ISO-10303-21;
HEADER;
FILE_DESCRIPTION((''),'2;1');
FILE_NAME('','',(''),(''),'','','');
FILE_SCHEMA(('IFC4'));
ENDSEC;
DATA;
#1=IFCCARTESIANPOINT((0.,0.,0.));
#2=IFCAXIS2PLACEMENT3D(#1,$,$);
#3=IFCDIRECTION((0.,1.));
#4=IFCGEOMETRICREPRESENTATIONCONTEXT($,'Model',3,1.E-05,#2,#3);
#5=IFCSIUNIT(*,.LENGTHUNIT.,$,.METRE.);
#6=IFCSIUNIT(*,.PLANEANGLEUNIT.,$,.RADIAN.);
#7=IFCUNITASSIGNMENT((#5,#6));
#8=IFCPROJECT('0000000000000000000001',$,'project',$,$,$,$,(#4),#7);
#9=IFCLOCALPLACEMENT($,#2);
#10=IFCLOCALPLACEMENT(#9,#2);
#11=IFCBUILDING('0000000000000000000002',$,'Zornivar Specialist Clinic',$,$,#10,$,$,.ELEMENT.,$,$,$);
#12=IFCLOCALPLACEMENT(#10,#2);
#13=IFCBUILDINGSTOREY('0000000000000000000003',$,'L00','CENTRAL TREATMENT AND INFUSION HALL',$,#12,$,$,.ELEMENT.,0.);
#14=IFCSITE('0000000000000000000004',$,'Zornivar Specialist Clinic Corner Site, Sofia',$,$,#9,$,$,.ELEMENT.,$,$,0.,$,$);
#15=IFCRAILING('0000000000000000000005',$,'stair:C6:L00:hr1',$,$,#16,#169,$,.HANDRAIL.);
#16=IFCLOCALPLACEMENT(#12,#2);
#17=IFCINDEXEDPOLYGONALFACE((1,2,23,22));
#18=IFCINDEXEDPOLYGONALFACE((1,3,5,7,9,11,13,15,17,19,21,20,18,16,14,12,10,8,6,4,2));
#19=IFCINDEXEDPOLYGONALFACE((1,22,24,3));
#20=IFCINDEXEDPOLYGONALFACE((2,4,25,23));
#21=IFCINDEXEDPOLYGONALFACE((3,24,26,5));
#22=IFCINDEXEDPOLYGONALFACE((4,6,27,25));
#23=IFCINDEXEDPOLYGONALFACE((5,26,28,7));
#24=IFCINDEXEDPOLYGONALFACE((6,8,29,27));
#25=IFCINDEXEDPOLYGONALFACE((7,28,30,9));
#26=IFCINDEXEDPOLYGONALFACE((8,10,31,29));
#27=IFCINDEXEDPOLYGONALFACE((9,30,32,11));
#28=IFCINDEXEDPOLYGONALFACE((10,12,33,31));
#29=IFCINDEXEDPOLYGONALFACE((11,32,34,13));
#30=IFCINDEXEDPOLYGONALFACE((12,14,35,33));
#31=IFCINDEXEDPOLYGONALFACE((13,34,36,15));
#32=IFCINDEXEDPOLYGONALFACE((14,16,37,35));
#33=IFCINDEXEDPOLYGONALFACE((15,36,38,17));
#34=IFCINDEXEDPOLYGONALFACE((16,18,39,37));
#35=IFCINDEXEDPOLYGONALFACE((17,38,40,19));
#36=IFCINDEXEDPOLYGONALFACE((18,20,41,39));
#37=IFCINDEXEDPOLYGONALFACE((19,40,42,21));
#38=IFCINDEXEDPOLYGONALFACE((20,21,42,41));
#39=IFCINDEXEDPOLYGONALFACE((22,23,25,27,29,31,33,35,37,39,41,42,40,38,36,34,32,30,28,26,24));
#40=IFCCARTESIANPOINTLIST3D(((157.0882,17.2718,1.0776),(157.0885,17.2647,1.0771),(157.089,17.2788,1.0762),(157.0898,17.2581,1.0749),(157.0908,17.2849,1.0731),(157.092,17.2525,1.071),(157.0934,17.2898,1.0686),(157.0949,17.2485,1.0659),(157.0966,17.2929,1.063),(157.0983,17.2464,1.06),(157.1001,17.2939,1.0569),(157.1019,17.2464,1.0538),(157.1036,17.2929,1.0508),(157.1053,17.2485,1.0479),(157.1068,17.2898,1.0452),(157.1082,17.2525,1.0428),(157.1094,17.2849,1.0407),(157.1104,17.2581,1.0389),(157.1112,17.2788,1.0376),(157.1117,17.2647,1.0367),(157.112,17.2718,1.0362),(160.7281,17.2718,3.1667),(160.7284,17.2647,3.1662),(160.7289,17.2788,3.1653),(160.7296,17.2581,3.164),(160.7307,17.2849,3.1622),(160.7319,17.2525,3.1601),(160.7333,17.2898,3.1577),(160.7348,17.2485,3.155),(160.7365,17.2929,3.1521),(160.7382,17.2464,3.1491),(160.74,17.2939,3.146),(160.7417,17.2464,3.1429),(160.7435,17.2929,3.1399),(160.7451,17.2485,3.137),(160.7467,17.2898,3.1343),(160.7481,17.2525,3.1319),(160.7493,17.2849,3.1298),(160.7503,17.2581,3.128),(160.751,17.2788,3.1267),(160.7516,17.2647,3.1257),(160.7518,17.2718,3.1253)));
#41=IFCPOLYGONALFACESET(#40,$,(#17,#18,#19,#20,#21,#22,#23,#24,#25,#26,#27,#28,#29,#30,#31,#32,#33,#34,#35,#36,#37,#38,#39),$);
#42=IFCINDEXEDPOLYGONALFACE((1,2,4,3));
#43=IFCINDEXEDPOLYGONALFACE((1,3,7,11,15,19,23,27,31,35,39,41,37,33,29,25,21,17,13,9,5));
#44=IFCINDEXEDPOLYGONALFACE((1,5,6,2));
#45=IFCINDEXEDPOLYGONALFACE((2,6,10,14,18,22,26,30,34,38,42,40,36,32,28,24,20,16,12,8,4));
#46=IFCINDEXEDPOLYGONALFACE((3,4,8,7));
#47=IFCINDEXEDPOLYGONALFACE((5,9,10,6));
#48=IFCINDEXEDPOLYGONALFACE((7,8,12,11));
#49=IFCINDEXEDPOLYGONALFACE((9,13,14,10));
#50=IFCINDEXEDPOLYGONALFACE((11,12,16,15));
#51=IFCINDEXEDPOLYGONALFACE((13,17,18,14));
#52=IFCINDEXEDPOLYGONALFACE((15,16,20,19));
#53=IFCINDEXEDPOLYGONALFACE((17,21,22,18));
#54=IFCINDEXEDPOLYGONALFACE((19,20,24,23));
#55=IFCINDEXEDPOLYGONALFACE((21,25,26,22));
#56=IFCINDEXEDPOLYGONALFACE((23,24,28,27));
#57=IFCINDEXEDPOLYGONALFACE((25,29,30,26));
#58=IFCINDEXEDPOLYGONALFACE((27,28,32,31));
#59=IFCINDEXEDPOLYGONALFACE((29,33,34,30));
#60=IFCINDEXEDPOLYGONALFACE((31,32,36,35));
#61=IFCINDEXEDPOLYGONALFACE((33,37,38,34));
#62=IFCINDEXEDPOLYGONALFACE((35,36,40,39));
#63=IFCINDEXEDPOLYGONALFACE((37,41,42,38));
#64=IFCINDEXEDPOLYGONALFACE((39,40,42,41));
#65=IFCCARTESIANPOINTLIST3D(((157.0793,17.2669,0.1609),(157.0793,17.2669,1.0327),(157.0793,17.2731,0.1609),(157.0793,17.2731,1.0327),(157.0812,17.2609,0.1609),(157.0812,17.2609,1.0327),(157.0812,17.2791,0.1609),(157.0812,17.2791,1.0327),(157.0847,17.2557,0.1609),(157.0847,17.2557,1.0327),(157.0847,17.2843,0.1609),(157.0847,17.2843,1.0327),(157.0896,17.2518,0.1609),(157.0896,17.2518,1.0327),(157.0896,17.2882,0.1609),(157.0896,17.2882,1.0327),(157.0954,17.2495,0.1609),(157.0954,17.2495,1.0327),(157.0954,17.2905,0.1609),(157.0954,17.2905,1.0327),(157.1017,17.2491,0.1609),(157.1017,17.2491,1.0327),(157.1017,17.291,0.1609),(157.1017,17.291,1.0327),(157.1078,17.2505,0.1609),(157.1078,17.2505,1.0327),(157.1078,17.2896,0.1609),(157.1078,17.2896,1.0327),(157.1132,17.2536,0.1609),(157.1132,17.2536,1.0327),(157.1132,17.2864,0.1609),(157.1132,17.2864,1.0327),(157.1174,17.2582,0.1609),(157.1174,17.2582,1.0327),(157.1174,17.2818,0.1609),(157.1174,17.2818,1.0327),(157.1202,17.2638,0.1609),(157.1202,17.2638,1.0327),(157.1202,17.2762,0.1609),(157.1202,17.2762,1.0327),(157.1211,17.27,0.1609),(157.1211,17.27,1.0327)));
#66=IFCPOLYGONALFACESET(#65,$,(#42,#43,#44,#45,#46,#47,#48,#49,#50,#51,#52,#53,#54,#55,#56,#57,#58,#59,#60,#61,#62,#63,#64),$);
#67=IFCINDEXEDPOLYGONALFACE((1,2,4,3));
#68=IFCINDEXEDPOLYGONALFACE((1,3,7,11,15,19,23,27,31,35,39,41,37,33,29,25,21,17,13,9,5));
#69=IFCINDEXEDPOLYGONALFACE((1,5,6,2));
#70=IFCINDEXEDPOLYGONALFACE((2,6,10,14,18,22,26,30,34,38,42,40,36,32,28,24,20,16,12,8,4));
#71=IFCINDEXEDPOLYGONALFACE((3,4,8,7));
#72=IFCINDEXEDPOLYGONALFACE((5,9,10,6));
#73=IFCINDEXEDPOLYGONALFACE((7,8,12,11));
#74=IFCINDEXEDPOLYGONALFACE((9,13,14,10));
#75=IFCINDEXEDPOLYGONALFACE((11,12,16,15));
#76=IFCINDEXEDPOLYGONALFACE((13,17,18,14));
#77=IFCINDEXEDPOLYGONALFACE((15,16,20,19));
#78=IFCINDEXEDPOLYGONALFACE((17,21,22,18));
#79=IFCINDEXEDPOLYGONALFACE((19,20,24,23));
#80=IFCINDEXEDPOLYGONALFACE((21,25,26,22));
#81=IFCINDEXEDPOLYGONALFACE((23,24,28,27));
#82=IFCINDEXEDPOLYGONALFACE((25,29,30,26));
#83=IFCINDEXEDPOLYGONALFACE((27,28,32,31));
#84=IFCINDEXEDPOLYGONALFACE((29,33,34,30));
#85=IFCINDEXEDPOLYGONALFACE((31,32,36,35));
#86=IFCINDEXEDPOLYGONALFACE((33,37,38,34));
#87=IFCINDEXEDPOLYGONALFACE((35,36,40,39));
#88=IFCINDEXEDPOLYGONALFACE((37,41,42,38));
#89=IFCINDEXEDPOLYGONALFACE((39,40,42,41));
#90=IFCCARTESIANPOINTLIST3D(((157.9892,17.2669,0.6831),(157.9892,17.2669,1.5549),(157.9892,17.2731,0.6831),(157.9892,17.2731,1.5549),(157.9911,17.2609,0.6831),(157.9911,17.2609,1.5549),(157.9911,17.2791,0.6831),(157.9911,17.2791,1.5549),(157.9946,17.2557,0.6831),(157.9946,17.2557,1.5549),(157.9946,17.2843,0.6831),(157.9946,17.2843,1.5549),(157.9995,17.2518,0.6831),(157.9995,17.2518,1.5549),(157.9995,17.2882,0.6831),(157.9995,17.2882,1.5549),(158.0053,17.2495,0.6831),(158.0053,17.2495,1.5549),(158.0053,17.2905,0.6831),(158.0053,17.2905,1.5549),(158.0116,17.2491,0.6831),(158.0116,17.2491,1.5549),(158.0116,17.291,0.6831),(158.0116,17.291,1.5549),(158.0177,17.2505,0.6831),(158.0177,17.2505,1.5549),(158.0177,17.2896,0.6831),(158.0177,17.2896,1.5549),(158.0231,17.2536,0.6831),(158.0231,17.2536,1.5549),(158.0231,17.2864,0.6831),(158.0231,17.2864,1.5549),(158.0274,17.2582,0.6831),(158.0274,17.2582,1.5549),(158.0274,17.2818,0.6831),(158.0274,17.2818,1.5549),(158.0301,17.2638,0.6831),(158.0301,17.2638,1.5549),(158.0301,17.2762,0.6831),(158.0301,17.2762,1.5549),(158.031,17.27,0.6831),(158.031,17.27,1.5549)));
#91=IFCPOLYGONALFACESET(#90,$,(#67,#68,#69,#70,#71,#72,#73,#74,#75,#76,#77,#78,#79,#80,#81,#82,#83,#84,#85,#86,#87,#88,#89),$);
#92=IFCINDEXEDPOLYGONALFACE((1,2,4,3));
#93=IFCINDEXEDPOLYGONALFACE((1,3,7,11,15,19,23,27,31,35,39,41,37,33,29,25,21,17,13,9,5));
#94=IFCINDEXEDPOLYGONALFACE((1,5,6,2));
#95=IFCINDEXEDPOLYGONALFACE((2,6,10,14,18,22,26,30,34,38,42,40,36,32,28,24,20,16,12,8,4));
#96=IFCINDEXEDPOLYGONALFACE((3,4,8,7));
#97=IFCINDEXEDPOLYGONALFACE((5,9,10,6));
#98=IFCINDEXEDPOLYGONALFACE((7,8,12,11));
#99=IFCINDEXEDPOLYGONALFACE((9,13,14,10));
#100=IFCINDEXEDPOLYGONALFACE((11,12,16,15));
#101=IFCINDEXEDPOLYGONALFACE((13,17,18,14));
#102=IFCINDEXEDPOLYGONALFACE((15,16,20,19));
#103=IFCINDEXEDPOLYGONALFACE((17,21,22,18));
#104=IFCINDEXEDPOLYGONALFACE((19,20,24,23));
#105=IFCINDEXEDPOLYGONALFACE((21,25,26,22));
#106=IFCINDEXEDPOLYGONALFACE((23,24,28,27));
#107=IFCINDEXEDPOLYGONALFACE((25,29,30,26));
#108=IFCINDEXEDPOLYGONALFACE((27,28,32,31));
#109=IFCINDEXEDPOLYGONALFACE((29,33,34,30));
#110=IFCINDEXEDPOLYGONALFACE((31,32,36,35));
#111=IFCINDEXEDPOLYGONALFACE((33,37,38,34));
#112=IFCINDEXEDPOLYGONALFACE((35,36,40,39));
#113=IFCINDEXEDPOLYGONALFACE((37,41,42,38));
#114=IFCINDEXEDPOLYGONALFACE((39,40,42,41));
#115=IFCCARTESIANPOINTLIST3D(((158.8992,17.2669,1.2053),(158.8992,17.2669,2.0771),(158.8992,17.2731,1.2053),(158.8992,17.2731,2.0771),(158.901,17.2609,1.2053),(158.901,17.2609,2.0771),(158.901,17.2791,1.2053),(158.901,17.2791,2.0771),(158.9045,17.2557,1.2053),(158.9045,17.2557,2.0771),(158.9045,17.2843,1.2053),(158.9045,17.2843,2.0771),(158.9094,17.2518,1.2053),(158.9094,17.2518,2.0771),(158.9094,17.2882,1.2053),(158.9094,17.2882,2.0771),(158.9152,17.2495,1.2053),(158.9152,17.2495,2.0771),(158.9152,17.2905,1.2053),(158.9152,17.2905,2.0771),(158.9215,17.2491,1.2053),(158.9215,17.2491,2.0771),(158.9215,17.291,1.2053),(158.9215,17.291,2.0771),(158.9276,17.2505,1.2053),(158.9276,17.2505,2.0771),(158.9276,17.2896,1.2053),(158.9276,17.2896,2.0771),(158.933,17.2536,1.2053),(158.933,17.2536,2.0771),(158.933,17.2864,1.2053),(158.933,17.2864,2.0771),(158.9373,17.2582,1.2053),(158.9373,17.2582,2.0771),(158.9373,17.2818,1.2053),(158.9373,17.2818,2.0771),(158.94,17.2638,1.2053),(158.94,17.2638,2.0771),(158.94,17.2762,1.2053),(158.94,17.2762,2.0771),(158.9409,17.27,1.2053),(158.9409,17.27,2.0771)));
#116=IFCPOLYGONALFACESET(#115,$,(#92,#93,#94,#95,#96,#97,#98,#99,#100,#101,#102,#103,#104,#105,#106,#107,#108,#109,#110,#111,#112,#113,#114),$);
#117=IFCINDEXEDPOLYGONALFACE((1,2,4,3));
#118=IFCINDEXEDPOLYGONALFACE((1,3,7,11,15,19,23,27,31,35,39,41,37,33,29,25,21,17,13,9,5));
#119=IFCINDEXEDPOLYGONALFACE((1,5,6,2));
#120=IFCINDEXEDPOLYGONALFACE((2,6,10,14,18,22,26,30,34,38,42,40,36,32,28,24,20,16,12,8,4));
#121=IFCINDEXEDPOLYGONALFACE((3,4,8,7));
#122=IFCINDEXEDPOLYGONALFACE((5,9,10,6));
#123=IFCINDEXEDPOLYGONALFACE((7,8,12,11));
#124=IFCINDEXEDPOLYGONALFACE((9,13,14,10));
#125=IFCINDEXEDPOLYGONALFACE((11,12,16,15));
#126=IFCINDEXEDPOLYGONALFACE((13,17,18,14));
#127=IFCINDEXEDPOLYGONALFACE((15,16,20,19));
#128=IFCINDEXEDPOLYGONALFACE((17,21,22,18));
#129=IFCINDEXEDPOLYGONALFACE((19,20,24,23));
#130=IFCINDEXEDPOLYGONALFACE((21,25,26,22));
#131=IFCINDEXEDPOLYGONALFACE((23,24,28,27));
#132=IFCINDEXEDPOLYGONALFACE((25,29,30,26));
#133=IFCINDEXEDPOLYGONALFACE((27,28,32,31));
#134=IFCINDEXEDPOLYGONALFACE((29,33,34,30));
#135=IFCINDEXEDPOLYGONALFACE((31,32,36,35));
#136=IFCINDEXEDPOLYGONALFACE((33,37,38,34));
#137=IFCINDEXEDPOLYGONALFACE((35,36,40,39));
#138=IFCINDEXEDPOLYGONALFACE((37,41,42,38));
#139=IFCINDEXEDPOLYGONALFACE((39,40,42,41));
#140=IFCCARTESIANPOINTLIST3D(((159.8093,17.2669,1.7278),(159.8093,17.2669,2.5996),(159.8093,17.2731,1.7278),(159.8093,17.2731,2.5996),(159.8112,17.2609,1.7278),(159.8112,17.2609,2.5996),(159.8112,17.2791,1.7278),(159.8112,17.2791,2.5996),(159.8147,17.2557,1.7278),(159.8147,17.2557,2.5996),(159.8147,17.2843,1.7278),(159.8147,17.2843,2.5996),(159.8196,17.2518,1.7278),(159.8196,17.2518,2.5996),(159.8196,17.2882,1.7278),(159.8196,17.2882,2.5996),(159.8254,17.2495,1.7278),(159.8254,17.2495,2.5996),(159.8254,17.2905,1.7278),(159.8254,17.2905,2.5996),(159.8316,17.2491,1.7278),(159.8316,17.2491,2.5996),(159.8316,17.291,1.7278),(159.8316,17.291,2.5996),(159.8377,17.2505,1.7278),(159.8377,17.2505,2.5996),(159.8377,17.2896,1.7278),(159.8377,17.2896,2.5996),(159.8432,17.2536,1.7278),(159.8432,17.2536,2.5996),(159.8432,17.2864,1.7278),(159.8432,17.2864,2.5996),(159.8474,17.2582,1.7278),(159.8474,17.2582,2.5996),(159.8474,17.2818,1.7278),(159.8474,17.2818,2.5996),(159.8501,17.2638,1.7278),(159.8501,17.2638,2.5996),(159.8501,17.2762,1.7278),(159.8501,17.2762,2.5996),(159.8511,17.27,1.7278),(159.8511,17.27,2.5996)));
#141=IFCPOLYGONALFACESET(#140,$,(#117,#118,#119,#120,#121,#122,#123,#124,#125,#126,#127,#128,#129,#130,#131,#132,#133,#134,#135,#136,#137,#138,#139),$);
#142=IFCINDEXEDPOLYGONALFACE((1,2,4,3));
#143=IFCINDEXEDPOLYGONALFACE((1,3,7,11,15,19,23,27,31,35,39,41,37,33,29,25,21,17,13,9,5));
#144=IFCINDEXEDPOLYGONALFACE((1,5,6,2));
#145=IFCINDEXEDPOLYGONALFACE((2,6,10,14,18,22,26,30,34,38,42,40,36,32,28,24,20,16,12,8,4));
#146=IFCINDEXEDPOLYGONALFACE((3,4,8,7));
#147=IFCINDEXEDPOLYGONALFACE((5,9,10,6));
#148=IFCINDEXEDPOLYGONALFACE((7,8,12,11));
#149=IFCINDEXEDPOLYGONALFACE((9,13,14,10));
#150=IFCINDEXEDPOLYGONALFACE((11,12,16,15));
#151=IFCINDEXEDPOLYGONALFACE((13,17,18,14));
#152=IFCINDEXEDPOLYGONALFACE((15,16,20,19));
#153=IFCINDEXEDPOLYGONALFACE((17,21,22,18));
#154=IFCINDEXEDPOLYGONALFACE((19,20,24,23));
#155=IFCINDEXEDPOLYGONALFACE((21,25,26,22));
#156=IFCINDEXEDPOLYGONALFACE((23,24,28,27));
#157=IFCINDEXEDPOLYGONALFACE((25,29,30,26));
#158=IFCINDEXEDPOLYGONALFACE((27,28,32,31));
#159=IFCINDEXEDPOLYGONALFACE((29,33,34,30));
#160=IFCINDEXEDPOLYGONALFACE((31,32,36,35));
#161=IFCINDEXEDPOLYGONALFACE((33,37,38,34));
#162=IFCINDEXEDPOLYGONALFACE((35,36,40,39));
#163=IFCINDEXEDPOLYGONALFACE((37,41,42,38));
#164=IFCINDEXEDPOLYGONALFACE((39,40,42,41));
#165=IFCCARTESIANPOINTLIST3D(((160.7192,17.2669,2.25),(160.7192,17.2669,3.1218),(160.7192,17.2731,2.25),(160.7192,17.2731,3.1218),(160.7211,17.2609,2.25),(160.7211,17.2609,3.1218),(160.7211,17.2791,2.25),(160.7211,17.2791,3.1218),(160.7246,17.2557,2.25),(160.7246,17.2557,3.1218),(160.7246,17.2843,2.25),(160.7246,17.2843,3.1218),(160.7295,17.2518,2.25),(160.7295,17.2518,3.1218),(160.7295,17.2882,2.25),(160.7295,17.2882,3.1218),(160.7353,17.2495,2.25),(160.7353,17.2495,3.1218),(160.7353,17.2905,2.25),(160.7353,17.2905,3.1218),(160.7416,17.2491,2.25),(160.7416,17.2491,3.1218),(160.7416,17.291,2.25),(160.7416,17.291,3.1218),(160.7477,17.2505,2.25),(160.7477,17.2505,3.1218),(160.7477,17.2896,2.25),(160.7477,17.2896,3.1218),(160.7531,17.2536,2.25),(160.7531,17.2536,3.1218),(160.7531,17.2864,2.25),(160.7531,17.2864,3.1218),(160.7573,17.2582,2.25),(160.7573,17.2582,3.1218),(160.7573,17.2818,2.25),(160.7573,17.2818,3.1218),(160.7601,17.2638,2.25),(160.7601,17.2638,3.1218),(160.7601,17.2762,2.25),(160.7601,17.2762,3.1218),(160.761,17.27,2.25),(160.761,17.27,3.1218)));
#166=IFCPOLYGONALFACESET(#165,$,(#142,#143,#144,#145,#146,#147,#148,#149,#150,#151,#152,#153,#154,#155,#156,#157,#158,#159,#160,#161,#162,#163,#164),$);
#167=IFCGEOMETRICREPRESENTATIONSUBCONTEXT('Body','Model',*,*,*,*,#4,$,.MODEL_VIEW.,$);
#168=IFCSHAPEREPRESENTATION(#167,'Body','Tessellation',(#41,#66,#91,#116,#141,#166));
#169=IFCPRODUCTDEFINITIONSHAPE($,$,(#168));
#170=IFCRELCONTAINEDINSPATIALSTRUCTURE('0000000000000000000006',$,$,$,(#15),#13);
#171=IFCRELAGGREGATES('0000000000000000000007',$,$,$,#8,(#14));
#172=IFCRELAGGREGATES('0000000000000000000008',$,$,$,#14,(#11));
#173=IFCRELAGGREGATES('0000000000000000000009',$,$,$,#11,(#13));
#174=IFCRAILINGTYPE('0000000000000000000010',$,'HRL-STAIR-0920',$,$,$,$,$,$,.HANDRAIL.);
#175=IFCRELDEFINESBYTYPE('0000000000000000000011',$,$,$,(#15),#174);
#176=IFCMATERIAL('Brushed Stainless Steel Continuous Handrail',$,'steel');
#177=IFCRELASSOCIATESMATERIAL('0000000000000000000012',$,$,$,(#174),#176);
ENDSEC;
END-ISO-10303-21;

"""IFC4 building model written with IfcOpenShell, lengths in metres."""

from ifc_helpers import new_model, si_unit, direction, frame, origin, origin_2d, place, context, subcontext, project, spatial, circle, extrude, material, type_object, element, save


model = new_model("IFC4")

# Units and contexts
model_context = context("Model", 3, precision=1e-05, world=origin(), true_north=direction((0.0, 1.0)))
body_context = subcontext(model_context, "Body", "Model", "MODEL_VIEW")
ifc_project = project(units=[si_unit("LENGTHUNIT", "METRE"), si_unit("PLANEANGLEUNIT", "RADIAN")], contexts=[model_context])

# Site, building, storey
site_placement = place(None, origin())
site = spatial("IfcSite", under=ifc_project, at=site_placement, Name="Zornivar Specialist Clinic Corner Site, Sofia", CompositionType="ELEMENT", RefElevation=0.0)
building_placement = place(site_placement, origin())
building = spatial("IfcBuilding", under=site, at=building_placement, Name="Zornivar Specialist Clinic", CompositionType="ELEMENT")
storey_placement = place(building_placement, origin())
storey = spatial("IfcBuildingStorey", under=building, at=storey_placement, Name="L00", Description="CENTRAL TREATMENT AND INFUSION HALL", CompositionType="ELEMENT", Elevation=0.0)

# Railing
ifc_material_1 = material(Name="Brushed Stainless Steel Continuous Handrail", Category="steel")
railing_type_1 = type_object("IfcRailingType", Name="HRL-STAIR-0920", PredefinedType="HANDRAIL", material=ifc_material_1)
railing_1_placement = place(storey_placement, frame((157.1001, 17.27, 0.1609)))
element("IfcRailing", 1, at=railing_1_placement, inside=storey, type_object=railing_type_1, Name="stair:C6:L00:hr1", PredefinedType="HANDRAIL", context=body_context, shape_type="SweptSolid", body=[
    extrude(circle(Radius=0.0239, at=origin_2d()), frame((0.0, 0.0, 0.896), z_axis=(0.8673, 0.0, 0.497786), x_axis=(0.0, 1.0, 0.0)), (0.0, 0.0, 1.0), 4.1968),
    extrude(circle(Radius=0.021, at=origin_2d()), origin(), (0.0, 0.0, 1.0), 0.8718),
    extrude(circle(Radius=0.021, at=origin_2d()), frame((0.9099, 0.0, 0.5222)), (0.0, 0.0, 1.0), 0.8718),
    extrude(circle(Radius=0.021, at=origin_2d()), frame((1.8198, 0.0, 1.0444)), (0.0, 0.0, 1.0), 0.8718),
    extrude(circle(Radius=0.021, at=origin_2d()), frame((2.73, 0.0, 1.5669)), (0.0, 0.0, 1.0), 0.8718),
    extrude(circle(Radius=0.021, at=origin_2d()), frame((3.6399, 0.0, 2.0891)), (0.0, 0.0, 1.0), 0.8718),
])

save(model, "model.ifc")
